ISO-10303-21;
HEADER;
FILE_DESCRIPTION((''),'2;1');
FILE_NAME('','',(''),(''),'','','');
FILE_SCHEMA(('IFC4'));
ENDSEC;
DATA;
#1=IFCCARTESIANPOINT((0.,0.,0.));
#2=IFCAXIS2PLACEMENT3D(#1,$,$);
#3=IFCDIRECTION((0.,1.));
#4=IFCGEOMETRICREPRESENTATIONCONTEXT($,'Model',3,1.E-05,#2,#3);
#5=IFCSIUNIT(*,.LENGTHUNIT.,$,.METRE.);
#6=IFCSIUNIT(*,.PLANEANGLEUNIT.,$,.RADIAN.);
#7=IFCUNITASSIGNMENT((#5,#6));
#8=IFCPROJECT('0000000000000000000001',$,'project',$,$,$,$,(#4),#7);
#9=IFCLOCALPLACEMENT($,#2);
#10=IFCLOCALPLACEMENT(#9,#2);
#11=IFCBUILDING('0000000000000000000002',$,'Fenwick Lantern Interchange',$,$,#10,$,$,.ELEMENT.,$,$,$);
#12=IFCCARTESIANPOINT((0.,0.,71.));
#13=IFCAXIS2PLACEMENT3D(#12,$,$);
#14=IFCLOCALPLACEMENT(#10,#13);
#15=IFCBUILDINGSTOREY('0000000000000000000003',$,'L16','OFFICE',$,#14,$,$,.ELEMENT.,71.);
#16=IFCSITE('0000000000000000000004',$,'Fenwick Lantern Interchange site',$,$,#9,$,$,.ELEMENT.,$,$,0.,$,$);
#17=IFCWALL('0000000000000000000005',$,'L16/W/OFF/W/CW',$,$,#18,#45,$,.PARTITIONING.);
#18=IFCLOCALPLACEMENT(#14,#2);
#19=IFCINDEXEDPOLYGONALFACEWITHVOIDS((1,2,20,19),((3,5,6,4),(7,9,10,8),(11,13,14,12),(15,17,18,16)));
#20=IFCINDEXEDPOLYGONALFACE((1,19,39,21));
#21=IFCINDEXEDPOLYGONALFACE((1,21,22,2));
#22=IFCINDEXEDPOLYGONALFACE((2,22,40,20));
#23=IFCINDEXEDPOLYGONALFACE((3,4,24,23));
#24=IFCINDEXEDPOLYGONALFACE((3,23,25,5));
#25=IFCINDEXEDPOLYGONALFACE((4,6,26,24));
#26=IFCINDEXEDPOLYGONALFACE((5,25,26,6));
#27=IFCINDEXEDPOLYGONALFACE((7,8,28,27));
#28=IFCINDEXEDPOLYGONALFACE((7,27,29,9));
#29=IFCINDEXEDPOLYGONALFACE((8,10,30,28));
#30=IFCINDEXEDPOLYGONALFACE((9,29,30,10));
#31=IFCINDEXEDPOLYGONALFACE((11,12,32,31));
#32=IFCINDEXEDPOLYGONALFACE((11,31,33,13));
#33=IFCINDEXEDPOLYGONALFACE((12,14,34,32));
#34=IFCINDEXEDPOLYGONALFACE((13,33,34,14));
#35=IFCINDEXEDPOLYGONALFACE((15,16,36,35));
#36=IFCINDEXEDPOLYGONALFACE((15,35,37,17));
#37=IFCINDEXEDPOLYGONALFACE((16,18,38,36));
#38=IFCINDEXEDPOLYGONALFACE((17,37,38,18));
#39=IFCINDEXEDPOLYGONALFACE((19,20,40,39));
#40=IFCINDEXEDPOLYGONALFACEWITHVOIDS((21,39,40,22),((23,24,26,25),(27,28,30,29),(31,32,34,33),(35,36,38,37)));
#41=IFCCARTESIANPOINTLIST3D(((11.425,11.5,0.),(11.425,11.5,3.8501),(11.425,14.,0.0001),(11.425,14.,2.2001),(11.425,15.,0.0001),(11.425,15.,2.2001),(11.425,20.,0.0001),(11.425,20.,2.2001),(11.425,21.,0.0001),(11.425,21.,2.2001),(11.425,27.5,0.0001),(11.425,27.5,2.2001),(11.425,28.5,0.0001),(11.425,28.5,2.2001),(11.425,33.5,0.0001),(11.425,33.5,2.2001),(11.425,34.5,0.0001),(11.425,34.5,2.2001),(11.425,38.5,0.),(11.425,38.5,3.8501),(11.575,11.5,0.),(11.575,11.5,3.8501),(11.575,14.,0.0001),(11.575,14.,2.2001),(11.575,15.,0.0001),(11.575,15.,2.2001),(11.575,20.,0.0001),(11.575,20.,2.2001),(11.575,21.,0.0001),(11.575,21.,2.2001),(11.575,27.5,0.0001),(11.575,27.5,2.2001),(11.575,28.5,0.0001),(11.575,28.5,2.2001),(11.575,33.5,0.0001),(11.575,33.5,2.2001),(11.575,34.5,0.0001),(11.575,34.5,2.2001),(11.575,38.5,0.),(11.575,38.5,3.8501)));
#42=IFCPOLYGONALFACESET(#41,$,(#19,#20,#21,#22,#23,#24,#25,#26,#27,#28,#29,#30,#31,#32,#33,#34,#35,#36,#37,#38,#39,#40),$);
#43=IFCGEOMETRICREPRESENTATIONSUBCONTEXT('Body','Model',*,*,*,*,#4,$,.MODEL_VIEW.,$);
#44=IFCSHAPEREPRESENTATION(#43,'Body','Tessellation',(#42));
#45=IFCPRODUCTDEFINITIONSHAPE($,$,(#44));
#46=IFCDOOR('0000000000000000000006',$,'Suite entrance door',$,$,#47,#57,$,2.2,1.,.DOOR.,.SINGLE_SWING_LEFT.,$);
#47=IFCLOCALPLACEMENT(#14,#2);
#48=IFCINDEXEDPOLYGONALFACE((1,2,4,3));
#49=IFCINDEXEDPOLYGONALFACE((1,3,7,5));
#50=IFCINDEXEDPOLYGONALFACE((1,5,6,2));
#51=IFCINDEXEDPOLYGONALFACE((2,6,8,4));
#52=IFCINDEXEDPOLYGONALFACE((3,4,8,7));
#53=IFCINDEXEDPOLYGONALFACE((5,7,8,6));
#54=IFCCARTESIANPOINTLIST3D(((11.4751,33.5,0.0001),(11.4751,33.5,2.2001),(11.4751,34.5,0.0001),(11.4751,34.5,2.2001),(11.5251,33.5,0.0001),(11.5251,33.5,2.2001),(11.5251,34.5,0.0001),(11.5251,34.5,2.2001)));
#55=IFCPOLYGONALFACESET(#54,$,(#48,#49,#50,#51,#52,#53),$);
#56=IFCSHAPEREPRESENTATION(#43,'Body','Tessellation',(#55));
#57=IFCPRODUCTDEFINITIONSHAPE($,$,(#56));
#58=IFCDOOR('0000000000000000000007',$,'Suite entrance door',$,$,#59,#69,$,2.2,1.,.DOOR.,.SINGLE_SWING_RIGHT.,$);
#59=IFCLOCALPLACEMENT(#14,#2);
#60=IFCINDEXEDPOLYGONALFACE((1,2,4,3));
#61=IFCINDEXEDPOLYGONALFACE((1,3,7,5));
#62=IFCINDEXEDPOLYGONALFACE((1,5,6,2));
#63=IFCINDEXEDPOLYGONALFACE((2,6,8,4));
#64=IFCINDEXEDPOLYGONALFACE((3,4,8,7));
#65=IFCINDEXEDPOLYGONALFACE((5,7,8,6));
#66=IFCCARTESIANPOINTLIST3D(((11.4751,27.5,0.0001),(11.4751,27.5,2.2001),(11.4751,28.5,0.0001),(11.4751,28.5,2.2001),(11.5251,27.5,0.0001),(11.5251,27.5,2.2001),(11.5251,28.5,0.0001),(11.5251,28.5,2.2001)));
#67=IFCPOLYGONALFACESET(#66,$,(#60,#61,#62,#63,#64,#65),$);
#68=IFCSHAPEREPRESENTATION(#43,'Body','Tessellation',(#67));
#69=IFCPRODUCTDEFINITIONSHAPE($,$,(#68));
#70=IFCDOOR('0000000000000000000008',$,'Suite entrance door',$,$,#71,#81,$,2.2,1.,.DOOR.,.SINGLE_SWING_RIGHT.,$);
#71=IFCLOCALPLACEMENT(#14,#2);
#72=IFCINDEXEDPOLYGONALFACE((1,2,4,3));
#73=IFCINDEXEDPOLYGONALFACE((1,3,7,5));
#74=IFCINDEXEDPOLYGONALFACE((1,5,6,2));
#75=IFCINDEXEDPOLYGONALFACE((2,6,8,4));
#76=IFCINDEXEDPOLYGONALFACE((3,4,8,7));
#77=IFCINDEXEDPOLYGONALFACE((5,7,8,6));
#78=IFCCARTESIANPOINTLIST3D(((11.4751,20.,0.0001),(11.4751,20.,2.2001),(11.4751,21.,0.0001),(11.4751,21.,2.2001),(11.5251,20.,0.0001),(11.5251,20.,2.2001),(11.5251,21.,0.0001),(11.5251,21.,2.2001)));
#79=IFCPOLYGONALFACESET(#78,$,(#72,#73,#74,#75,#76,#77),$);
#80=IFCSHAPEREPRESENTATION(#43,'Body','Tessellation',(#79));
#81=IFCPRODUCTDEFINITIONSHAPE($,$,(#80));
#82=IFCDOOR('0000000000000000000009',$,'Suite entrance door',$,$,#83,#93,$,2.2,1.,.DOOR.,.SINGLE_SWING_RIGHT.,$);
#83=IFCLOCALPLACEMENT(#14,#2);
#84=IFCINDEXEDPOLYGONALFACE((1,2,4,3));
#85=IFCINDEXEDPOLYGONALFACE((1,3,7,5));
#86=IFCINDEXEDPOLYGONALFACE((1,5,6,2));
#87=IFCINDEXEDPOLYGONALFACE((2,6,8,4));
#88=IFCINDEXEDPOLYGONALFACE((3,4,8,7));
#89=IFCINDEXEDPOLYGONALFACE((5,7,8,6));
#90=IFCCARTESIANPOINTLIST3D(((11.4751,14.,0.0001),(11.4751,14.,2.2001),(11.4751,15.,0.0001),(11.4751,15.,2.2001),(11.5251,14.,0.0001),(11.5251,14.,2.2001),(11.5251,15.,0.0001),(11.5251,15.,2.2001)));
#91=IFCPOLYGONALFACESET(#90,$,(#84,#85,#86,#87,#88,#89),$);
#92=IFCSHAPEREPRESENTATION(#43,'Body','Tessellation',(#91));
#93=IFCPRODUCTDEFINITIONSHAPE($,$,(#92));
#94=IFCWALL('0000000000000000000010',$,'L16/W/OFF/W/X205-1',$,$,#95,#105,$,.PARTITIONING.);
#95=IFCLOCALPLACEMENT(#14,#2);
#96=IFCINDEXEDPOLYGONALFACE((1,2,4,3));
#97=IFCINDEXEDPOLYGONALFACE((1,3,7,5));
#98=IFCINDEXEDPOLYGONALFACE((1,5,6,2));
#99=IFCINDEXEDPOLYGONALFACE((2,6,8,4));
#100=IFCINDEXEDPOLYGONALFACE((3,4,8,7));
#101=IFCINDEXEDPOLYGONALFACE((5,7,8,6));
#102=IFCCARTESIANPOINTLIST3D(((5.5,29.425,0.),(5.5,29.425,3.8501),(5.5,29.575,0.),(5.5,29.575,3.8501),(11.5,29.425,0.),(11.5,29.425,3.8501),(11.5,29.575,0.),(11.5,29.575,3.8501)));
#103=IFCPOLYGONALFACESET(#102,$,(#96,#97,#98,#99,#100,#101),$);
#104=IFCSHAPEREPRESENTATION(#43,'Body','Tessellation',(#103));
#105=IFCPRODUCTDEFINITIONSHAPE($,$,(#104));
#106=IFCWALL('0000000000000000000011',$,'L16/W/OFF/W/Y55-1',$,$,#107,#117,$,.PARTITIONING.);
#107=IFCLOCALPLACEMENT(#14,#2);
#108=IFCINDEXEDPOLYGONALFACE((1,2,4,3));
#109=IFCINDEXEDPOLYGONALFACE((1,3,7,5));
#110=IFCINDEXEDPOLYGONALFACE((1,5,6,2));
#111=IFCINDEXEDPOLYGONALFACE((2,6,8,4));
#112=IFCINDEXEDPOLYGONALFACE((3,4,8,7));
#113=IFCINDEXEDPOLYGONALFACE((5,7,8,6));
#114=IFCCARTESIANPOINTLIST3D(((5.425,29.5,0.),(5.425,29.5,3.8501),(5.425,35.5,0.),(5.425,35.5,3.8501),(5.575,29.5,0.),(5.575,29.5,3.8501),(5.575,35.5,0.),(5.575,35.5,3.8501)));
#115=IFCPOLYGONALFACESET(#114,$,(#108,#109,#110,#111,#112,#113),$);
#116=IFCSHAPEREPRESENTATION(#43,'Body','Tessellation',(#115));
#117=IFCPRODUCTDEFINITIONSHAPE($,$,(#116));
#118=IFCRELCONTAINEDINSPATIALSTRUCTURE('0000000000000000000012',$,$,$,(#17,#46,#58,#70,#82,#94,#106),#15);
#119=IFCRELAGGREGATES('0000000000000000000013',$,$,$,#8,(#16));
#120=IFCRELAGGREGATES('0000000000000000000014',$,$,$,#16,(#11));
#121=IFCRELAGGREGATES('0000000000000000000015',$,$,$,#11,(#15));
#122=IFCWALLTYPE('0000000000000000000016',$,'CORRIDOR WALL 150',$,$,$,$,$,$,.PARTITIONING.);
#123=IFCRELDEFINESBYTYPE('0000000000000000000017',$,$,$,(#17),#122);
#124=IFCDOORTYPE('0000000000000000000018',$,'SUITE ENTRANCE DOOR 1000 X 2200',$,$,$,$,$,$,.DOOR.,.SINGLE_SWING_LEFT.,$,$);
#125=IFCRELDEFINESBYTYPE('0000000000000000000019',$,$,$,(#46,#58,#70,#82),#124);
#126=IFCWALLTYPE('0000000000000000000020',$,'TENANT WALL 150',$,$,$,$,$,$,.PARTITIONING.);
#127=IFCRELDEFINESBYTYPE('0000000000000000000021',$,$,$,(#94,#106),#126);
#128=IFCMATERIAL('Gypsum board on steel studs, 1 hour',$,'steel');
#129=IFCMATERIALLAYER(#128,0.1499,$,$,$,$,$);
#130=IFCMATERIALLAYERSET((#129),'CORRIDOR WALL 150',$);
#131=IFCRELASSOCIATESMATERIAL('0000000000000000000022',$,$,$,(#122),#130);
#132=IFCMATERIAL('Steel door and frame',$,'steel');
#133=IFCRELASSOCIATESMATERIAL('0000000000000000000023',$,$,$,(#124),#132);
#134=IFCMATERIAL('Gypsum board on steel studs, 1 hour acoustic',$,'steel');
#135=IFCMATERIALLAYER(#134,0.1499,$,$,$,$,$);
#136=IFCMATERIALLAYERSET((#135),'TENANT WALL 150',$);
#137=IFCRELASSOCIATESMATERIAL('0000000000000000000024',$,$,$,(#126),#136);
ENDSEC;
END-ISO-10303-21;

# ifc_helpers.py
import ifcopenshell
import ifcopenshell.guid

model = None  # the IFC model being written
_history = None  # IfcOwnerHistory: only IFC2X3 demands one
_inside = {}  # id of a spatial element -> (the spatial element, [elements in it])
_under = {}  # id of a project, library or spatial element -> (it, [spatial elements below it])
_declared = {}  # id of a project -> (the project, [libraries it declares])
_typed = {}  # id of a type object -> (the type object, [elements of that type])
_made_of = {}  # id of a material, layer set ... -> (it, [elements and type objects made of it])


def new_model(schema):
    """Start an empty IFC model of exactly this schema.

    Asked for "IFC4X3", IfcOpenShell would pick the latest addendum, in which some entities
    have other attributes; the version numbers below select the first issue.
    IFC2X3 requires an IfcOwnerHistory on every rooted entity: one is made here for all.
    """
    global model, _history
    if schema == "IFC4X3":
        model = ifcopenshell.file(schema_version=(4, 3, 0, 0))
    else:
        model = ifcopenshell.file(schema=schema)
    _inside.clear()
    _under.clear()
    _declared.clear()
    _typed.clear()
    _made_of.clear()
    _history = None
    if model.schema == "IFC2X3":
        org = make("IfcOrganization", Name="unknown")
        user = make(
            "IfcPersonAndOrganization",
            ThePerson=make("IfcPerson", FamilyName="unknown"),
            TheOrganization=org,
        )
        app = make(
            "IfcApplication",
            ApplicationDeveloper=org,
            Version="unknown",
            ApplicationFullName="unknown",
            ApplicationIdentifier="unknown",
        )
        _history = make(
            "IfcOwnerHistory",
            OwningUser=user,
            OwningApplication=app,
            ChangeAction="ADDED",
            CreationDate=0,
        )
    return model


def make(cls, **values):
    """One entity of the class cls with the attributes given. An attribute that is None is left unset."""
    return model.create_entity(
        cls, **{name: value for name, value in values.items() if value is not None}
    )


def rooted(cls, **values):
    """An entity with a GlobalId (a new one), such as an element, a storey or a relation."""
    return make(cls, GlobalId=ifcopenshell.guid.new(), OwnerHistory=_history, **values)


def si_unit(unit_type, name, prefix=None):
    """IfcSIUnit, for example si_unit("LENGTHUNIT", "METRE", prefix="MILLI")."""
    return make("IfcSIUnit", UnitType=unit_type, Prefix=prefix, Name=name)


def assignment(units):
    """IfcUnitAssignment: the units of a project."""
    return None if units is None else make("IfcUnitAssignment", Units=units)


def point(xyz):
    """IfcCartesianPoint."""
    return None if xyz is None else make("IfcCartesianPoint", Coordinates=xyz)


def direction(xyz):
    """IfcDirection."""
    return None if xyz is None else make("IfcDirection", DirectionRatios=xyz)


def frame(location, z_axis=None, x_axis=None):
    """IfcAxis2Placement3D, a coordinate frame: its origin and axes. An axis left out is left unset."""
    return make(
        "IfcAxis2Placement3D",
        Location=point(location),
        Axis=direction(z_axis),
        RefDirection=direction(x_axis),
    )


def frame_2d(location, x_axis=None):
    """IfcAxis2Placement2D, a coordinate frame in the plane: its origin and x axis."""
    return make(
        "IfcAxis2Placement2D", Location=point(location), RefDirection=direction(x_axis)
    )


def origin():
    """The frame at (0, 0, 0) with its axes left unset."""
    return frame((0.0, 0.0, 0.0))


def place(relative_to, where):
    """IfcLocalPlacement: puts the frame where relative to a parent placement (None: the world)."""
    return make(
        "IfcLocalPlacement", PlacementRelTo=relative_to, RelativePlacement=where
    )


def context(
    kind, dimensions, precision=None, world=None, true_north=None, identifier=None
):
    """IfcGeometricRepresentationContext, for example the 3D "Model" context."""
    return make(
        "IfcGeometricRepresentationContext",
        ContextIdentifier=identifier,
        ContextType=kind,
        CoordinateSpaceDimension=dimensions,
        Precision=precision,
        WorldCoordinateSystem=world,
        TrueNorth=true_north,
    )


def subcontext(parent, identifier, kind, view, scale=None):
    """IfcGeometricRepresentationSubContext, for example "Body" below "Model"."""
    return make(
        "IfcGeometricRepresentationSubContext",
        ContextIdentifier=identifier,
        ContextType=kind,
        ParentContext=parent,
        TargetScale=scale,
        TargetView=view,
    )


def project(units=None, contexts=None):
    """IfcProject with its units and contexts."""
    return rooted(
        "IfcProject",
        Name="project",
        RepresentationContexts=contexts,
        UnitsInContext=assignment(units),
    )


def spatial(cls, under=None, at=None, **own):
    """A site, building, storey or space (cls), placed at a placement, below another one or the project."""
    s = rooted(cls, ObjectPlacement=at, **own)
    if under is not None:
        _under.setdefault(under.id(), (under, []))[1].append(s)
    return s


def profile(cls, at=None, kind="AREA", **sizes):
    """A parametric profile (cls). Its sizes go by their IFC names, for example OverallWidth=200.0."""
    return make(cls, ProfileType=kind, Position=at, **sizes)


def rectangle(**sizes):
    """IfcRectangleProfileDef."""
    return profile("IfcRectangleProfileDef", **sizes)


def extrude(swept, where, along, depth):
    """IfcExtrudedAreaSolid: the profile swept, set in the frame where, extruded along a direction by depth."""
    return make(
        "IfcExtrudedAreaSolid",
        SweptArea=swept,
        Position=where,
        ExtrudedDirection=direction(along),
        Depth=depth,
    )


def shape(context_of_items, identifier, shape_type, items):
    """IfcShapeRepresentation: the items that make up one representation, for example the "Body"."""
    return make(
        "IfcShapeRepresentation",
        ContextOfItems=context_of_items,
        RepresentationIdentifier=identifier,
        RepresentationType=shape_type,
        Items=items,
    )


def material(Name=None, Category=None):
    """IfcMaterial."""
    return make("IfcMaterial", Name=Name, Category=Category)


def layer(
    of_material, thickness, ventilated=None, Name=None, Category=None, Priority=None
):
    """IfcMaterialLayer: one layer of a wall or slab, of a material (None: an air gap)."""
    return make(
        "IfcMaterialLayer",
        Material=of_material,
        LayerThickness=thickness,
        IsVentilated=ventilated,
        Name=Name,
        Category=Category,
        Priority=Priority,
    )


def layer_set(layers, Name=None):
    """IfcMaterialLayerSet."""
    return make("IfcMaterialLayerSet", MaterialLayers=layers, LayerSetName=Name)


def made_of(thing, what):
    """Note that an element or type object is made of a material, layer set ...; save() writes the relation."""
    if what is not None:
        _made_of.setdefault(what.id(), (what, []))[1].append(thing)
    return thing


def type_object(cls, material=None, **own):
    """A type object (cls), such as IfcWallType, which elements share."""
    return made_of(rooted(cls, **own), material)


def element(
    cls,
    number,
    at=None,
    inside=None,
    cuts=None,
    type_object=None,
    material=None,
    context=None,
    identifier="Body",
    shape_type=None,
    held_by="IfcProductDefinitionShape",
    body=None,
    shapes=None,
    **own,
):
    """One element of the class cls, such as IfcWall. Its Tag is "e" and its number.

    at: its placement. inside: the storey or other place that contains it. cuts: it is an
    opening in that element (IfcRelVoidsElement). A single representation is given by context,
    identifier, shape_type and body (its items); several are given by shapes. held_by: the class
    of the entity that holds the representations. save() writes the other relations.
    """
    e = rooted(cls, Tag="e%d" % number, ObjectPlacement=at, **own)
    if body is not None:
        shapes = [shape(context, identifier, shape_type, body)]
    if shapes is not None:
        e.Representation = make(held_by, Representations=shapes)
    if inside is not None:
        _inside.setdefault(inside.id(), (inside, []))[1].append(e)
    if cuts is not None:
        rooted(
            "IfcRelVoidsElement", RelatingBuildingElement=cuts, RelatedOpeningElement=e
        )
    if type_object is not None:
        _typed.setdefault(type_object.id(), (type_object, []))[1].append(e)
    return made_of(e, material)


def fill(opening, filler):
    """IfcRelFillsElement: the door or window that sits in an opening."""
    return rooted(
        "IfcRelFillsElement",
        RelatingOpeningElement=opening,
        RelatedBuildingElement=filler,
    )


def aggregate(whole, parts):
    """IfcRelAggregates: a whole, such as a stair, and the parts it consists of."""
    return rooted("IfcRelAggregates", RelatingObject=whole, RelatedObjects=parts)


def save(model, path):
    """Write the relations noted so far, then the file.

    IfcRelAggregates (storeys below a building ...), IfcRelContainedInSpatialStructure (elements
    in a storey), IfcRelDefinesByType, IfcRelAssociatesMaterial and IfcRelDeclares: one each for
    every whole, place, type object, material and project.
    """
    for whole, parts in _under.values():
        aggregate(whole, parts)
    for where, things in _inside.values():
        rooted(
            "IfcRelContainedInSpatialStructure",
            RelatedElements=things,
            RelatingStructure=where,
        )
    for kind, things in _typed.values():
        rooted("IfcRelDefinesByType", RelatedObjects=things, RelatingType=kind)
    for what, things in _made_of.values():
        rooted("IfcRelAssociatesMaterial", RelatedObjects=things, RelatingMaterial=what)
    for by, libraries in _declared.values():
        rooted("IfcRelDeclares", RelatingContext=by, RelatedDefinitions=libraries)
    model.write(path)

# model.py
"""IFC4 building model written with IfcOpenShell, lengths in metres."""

from ifc_helpers import new_model, si_unit, direction, frame, frame_2d, origin, place, context, subcontext, project, spatial, rectangle, extrude, material, layer, layer_set, type_object, element, fill, save


model = new_model("IFC4")

# Units and contexts
model_context = context("Model", 3, precision=1e-05, world=origin(), true_north=direction((0.0, 1.0)))
body_context = subcontext(model_context, "Body", "Model", "MODEL_VIEW")
ifc_project = project(units=[si_unit("LENGTHUNIT", "METRE"), si_unit("PLANEANGLEUNIT", "RADIAN")], contexts=[model_context])

# Site, building, storey
site_placement = place(None, origin())
site = spatial("IfcSite", under=ifc_project, at=site_placement, Name="Fenwick Lantern Interchange site", CompositionType="ELEMENT", RefElevation=0.0)
building_placement = place(site_placement, origin())
building = spatial("IfcBuilding", under=site, at=building_placement, Name="Fenwick Lantern Interchange", CompositionType="ELEMENT")
storey_placement = place(building_placement, frame((0.0, 0.0, 71.0)))
storey = spatial("IfcBuildingStorey", under=building, at=storey_placement, Name="L16", Description="OFFICE", CompositionType="ELEMENT", Elevation=71.0)

# Wall, openings, doors
ifc_material_1 = material(Name="Steel door and frame", Category="steel")
ifc_material_2 = material(Name="Gypsum board on steel studs, 1 hour", Category="steel")
ifc_layer_1 = layer(ifc_material_2, 0.1499)
ifc_layer_set_1 = layer_set([ifc_layer_1], Name="CORRIDOR WALL 150")
wall_type_1 = type_object("IfcWallType", Name="CORRIDOR WALL 150", PredefinedType="PARTITIONING", material=ifc_layer_set_1)
wall_1_placement = place(storey_placement, frame((11.5, 38.5, 0.0), z_axis=(0.0, 0.0, 1.0), x_axis=(0.0, -1.0, 0.0)))
wall_1 = element("IfcWall", 1, at=wall_1_placement, inside=storey, type_object=wall_type_1, Name="L16/W/OFF/W/CW", PredefinedType="PARTITIONING", context=body_context, shape_type="SweptSolid", body=[
    extrude(rectangle(XDim=27.0, YDim=0.1499, at=frame_2d((13.5, 0.0))), origin(), (0.0, 0.0, 1.0), 3.8501),
])
opening_1_placement = place(wall_1_placement, frame((4.0, 0.0, 0.0)))
opening_1 = element("IfcOpeningElement", 2, at=opening_1_placement, cuts=wall_1, PredefinedType="OPENING", context=body_context, shape_type="SweptSolid", body=[
    extrude(rectangle(XDim=1.0, YDim=2.2, at=frame_2d((0.5, 1.1001))), frame((0.0, 0.085, 0.0), z_axis=(0.0, -1.0, 0.0), x_axis=(1.0, 0.0, 0.0)), (0.0, 0.0, 1.0), 0.1699),
])
opening_2_placement = place(wall_1_placement, frame((10.0, 0.0, 0.0)))
opening_2 = element("IfcOpeningElement", 3, at=opening_2_placement, cuts=wall_1, PredefinedType="OPENING", context=body_context, shape_type="SweptSolid", body=[
    extrude(rectangle(XDim=1.0, YDim=2.2, at=frame_2d((0.5, 1.1001))), frame((0.0, 0.085, 0.0), z_axis=(0.0, -1.0, 0.0), x_axis=(1.0, 0.0, 0.0)), (0.0, 0.0, 1.0), 0.1699),
])
opening_3_placement = place(wall_1_placement, frame((17.5, 0.0, 0.0)))
opening_3 = element("IfcOpeningElement", 4, at=opening_3_placement, cuts=wall_1, PredefinedType="OPENING", context=body_context, shape_type="SweptSolid", body=[
    extrude(rectangle(XDim=1.0, YDim=2.2, at=frame_2d((0.5, 1.1001))), frame((0.0, 0.085, 0.0), z_axis=(0.0, -1.0, 0.0), x_axis=(1.0, 0.0, 0.0)), (0.0, 0.0, 1.0), 0.1699),
])
opening_4_placement = place(wall_1_placement, frame((23.5, 0.0, 0.0)))
opening_4 = element("IfcOpeningElement", 5, at=opening_4_placement, cuts=wall_1, PredefinedType="OPENING", context=body_context, shape_type="SweptSolid", body=[
    extrude(rectangle(XDim=1.0, YDim=2.2, at=frame_2d((0.5, 1.1001))), frame((0.0, 0.085, 0.0), z_axis=(0.0, -1.0, 0.0), x_axis=(1.0, 0.0, 0.0)), (0.0, 0.0, 1.0), 0.1699),
])
door_type_1 = type_object("IfcDoorType", Name="SUITE ENTRANCE DOOR 1000 X 2200", OperationType="SINGLE_SWING_LEFT", PredefinedType="DOOR", material=ifc_material_1)
door_1_placement = place(opening_1_placement, frame((1.0, 0.0, 0.0), z_axis=(0.0, 0.0, 1.0), x_axis=(-1.0, 0.0, 0.0)))
door_1 = element("IfcDoor", 6, at=door_1_placement, inside=storey, type_object=door_type_1, Name="Suite entrance door", OperationType="SINGLE_SWING_LEFT", OverallHeight=2.2, OverallWidth=1.0, PredefinedType="DOOR", context=body_context, shape_type="SweptSolid", body=[
    extrude(rectangle(XDim=1.0, YDim=2.2, at=frame_2d((0.5, 1.1001))), frame((0.0, 0.0249, 0.0), z_axis=(0.0, -1.0, 0.0), x_axis=(1.0, 0.0, 0.0)), (0.0, 0.0, 1.0), 0.05),
])
fill(opening_1, door_1)
door_2_placement = place(opening_2_placement, frame((1.0, 0.0, 0.0), z_axis=(0.0, 0.0, 1.0), x_axis=(-1.0, 0.0, 0.0)))
door_2 = element("IfcDoor", 7, at=door_2_placement, inside=storey, type_object=door_type_1, Name="Suite entrance door", OperationType="SINGLE_SWING_RIGHT", OverallHeight=2.2, OverallWidth=1.0, PredefinedType="DOOR", context=body_context, shape_type="SweptSolid", body=[
    extrude(rectangle(XDim=1.0, YDim=2.2, at=frame_2d((0.5, 1.1001))), frame((0.0, 0.0249, 0.0), z_axis=(0.0, -1.0, 0.0), x_axis=(1.0, 0.0, 0.0)), (0.0, 0.0, 1.0), 0.05),
])
fill(opening_2, door_2)
door_3_placement = place(opening_3_placement, frame((1.0, 0.0, 0.0), z_axis=(0.0, 0.0, 1.0), x_axis=(-1.0, 0.0, 0.0)))
door_3 = element("IfcDoor", 8, at=door_3_placement, inside=storey, type_object=door_type_1, Name="Suite entrance door", OperationType="SINGLE_SWING_RIGHT", OverallHeight=2.2, OverallWidth=1.0, PredefinedType="DOOR", context=body_context, shape_type="SweptSolid", body=[
    extrude(rectangle(XDim=1.0, YDim=2.2, at=frame_2d((0.5, 1.1001))), frame((0.0, 0.0249, 0.0), z_axis=(0.0, -1.0, 0.0), x_axis=(1.0, 0.0, 0.0)), (0.0, 0.0, 1.0), 0.05),
])
fill(opening_3, door_3)
door_4_placement = place(opening_4_placement, frame((1.0, 0.0, 0.0), z_axis=(0.0, 0.0, 1.0), x_axis=(-1.0, 0.0, 0.0)))
door_4 = element("IfcDoor", 9, at=door_4_placement, inside=storey, type_object=door_type_1, Name="Suite entrance door", OperationType="SINGLE_SWING_RIGHT", OverallHeight=2.2, OverallWidth=1.0, PredefinedType="DOOR", context=body_context, shape_type="SweptSolid", body=[
    extrude(rectangle(XDim=1.0, YDim=2.2, at=frame_2d((0.5, 1.1001))), frame((0.0, 0.0249, 0.0), z_axis=(0.0, -1.0, 0.0), x_axis=(1.0, 0.0, 0.0)), (0.0, 0.0, 1.0), 0.05),
])
fill(opening_4, door_4)

# Walls
ifc_material_3 = material(Name="Gypsum board on steel studs, 1 hour acoustic", Category="steel")
ifc_layer_2 = layer(ifc_material_3, 0.1499)
ifc_layer_set_2 = layer_set([ifc_layer_2], Name="TENANT WALL 150")
wall_type_2 = type_object("IfcWallType", Name="TENANT WALL 150", PredefinedType="PARTITIONING", material=ifc_layer_set_2)
for number, where, z_axis, x_axis, name in (
    (10, (5.5, 29.5, 0.0), (0.0, 0.0, 1.0), (1.0, 0.0, 0.0), "L16/W/OFF/W/X205-1"),
    (11, (5.5, 35.5, 0.0), (0.0, 0.0, 1.0), (0.0, -1.0, 0.0), "L16/W/OFF/W/Y55-1"),
):
    element("IfcWall", number, at=place(storey_placement, frame(where, z_axis=z_axis, x_axis=x_axis)), inside=storey, type_object=wall_type_2, Name=name, PredefinedType="PARTITIONING", context=body_context, shape_type="SweptSolid", body=[
        extrude(rectangle(XDim=6.0, YDim=0.1499, at=frame_2d((3.0, 0.0))), origin(), (0.0, 0.0, 1.0), 3.8501),
    ])

save(model, "model.ifc")
